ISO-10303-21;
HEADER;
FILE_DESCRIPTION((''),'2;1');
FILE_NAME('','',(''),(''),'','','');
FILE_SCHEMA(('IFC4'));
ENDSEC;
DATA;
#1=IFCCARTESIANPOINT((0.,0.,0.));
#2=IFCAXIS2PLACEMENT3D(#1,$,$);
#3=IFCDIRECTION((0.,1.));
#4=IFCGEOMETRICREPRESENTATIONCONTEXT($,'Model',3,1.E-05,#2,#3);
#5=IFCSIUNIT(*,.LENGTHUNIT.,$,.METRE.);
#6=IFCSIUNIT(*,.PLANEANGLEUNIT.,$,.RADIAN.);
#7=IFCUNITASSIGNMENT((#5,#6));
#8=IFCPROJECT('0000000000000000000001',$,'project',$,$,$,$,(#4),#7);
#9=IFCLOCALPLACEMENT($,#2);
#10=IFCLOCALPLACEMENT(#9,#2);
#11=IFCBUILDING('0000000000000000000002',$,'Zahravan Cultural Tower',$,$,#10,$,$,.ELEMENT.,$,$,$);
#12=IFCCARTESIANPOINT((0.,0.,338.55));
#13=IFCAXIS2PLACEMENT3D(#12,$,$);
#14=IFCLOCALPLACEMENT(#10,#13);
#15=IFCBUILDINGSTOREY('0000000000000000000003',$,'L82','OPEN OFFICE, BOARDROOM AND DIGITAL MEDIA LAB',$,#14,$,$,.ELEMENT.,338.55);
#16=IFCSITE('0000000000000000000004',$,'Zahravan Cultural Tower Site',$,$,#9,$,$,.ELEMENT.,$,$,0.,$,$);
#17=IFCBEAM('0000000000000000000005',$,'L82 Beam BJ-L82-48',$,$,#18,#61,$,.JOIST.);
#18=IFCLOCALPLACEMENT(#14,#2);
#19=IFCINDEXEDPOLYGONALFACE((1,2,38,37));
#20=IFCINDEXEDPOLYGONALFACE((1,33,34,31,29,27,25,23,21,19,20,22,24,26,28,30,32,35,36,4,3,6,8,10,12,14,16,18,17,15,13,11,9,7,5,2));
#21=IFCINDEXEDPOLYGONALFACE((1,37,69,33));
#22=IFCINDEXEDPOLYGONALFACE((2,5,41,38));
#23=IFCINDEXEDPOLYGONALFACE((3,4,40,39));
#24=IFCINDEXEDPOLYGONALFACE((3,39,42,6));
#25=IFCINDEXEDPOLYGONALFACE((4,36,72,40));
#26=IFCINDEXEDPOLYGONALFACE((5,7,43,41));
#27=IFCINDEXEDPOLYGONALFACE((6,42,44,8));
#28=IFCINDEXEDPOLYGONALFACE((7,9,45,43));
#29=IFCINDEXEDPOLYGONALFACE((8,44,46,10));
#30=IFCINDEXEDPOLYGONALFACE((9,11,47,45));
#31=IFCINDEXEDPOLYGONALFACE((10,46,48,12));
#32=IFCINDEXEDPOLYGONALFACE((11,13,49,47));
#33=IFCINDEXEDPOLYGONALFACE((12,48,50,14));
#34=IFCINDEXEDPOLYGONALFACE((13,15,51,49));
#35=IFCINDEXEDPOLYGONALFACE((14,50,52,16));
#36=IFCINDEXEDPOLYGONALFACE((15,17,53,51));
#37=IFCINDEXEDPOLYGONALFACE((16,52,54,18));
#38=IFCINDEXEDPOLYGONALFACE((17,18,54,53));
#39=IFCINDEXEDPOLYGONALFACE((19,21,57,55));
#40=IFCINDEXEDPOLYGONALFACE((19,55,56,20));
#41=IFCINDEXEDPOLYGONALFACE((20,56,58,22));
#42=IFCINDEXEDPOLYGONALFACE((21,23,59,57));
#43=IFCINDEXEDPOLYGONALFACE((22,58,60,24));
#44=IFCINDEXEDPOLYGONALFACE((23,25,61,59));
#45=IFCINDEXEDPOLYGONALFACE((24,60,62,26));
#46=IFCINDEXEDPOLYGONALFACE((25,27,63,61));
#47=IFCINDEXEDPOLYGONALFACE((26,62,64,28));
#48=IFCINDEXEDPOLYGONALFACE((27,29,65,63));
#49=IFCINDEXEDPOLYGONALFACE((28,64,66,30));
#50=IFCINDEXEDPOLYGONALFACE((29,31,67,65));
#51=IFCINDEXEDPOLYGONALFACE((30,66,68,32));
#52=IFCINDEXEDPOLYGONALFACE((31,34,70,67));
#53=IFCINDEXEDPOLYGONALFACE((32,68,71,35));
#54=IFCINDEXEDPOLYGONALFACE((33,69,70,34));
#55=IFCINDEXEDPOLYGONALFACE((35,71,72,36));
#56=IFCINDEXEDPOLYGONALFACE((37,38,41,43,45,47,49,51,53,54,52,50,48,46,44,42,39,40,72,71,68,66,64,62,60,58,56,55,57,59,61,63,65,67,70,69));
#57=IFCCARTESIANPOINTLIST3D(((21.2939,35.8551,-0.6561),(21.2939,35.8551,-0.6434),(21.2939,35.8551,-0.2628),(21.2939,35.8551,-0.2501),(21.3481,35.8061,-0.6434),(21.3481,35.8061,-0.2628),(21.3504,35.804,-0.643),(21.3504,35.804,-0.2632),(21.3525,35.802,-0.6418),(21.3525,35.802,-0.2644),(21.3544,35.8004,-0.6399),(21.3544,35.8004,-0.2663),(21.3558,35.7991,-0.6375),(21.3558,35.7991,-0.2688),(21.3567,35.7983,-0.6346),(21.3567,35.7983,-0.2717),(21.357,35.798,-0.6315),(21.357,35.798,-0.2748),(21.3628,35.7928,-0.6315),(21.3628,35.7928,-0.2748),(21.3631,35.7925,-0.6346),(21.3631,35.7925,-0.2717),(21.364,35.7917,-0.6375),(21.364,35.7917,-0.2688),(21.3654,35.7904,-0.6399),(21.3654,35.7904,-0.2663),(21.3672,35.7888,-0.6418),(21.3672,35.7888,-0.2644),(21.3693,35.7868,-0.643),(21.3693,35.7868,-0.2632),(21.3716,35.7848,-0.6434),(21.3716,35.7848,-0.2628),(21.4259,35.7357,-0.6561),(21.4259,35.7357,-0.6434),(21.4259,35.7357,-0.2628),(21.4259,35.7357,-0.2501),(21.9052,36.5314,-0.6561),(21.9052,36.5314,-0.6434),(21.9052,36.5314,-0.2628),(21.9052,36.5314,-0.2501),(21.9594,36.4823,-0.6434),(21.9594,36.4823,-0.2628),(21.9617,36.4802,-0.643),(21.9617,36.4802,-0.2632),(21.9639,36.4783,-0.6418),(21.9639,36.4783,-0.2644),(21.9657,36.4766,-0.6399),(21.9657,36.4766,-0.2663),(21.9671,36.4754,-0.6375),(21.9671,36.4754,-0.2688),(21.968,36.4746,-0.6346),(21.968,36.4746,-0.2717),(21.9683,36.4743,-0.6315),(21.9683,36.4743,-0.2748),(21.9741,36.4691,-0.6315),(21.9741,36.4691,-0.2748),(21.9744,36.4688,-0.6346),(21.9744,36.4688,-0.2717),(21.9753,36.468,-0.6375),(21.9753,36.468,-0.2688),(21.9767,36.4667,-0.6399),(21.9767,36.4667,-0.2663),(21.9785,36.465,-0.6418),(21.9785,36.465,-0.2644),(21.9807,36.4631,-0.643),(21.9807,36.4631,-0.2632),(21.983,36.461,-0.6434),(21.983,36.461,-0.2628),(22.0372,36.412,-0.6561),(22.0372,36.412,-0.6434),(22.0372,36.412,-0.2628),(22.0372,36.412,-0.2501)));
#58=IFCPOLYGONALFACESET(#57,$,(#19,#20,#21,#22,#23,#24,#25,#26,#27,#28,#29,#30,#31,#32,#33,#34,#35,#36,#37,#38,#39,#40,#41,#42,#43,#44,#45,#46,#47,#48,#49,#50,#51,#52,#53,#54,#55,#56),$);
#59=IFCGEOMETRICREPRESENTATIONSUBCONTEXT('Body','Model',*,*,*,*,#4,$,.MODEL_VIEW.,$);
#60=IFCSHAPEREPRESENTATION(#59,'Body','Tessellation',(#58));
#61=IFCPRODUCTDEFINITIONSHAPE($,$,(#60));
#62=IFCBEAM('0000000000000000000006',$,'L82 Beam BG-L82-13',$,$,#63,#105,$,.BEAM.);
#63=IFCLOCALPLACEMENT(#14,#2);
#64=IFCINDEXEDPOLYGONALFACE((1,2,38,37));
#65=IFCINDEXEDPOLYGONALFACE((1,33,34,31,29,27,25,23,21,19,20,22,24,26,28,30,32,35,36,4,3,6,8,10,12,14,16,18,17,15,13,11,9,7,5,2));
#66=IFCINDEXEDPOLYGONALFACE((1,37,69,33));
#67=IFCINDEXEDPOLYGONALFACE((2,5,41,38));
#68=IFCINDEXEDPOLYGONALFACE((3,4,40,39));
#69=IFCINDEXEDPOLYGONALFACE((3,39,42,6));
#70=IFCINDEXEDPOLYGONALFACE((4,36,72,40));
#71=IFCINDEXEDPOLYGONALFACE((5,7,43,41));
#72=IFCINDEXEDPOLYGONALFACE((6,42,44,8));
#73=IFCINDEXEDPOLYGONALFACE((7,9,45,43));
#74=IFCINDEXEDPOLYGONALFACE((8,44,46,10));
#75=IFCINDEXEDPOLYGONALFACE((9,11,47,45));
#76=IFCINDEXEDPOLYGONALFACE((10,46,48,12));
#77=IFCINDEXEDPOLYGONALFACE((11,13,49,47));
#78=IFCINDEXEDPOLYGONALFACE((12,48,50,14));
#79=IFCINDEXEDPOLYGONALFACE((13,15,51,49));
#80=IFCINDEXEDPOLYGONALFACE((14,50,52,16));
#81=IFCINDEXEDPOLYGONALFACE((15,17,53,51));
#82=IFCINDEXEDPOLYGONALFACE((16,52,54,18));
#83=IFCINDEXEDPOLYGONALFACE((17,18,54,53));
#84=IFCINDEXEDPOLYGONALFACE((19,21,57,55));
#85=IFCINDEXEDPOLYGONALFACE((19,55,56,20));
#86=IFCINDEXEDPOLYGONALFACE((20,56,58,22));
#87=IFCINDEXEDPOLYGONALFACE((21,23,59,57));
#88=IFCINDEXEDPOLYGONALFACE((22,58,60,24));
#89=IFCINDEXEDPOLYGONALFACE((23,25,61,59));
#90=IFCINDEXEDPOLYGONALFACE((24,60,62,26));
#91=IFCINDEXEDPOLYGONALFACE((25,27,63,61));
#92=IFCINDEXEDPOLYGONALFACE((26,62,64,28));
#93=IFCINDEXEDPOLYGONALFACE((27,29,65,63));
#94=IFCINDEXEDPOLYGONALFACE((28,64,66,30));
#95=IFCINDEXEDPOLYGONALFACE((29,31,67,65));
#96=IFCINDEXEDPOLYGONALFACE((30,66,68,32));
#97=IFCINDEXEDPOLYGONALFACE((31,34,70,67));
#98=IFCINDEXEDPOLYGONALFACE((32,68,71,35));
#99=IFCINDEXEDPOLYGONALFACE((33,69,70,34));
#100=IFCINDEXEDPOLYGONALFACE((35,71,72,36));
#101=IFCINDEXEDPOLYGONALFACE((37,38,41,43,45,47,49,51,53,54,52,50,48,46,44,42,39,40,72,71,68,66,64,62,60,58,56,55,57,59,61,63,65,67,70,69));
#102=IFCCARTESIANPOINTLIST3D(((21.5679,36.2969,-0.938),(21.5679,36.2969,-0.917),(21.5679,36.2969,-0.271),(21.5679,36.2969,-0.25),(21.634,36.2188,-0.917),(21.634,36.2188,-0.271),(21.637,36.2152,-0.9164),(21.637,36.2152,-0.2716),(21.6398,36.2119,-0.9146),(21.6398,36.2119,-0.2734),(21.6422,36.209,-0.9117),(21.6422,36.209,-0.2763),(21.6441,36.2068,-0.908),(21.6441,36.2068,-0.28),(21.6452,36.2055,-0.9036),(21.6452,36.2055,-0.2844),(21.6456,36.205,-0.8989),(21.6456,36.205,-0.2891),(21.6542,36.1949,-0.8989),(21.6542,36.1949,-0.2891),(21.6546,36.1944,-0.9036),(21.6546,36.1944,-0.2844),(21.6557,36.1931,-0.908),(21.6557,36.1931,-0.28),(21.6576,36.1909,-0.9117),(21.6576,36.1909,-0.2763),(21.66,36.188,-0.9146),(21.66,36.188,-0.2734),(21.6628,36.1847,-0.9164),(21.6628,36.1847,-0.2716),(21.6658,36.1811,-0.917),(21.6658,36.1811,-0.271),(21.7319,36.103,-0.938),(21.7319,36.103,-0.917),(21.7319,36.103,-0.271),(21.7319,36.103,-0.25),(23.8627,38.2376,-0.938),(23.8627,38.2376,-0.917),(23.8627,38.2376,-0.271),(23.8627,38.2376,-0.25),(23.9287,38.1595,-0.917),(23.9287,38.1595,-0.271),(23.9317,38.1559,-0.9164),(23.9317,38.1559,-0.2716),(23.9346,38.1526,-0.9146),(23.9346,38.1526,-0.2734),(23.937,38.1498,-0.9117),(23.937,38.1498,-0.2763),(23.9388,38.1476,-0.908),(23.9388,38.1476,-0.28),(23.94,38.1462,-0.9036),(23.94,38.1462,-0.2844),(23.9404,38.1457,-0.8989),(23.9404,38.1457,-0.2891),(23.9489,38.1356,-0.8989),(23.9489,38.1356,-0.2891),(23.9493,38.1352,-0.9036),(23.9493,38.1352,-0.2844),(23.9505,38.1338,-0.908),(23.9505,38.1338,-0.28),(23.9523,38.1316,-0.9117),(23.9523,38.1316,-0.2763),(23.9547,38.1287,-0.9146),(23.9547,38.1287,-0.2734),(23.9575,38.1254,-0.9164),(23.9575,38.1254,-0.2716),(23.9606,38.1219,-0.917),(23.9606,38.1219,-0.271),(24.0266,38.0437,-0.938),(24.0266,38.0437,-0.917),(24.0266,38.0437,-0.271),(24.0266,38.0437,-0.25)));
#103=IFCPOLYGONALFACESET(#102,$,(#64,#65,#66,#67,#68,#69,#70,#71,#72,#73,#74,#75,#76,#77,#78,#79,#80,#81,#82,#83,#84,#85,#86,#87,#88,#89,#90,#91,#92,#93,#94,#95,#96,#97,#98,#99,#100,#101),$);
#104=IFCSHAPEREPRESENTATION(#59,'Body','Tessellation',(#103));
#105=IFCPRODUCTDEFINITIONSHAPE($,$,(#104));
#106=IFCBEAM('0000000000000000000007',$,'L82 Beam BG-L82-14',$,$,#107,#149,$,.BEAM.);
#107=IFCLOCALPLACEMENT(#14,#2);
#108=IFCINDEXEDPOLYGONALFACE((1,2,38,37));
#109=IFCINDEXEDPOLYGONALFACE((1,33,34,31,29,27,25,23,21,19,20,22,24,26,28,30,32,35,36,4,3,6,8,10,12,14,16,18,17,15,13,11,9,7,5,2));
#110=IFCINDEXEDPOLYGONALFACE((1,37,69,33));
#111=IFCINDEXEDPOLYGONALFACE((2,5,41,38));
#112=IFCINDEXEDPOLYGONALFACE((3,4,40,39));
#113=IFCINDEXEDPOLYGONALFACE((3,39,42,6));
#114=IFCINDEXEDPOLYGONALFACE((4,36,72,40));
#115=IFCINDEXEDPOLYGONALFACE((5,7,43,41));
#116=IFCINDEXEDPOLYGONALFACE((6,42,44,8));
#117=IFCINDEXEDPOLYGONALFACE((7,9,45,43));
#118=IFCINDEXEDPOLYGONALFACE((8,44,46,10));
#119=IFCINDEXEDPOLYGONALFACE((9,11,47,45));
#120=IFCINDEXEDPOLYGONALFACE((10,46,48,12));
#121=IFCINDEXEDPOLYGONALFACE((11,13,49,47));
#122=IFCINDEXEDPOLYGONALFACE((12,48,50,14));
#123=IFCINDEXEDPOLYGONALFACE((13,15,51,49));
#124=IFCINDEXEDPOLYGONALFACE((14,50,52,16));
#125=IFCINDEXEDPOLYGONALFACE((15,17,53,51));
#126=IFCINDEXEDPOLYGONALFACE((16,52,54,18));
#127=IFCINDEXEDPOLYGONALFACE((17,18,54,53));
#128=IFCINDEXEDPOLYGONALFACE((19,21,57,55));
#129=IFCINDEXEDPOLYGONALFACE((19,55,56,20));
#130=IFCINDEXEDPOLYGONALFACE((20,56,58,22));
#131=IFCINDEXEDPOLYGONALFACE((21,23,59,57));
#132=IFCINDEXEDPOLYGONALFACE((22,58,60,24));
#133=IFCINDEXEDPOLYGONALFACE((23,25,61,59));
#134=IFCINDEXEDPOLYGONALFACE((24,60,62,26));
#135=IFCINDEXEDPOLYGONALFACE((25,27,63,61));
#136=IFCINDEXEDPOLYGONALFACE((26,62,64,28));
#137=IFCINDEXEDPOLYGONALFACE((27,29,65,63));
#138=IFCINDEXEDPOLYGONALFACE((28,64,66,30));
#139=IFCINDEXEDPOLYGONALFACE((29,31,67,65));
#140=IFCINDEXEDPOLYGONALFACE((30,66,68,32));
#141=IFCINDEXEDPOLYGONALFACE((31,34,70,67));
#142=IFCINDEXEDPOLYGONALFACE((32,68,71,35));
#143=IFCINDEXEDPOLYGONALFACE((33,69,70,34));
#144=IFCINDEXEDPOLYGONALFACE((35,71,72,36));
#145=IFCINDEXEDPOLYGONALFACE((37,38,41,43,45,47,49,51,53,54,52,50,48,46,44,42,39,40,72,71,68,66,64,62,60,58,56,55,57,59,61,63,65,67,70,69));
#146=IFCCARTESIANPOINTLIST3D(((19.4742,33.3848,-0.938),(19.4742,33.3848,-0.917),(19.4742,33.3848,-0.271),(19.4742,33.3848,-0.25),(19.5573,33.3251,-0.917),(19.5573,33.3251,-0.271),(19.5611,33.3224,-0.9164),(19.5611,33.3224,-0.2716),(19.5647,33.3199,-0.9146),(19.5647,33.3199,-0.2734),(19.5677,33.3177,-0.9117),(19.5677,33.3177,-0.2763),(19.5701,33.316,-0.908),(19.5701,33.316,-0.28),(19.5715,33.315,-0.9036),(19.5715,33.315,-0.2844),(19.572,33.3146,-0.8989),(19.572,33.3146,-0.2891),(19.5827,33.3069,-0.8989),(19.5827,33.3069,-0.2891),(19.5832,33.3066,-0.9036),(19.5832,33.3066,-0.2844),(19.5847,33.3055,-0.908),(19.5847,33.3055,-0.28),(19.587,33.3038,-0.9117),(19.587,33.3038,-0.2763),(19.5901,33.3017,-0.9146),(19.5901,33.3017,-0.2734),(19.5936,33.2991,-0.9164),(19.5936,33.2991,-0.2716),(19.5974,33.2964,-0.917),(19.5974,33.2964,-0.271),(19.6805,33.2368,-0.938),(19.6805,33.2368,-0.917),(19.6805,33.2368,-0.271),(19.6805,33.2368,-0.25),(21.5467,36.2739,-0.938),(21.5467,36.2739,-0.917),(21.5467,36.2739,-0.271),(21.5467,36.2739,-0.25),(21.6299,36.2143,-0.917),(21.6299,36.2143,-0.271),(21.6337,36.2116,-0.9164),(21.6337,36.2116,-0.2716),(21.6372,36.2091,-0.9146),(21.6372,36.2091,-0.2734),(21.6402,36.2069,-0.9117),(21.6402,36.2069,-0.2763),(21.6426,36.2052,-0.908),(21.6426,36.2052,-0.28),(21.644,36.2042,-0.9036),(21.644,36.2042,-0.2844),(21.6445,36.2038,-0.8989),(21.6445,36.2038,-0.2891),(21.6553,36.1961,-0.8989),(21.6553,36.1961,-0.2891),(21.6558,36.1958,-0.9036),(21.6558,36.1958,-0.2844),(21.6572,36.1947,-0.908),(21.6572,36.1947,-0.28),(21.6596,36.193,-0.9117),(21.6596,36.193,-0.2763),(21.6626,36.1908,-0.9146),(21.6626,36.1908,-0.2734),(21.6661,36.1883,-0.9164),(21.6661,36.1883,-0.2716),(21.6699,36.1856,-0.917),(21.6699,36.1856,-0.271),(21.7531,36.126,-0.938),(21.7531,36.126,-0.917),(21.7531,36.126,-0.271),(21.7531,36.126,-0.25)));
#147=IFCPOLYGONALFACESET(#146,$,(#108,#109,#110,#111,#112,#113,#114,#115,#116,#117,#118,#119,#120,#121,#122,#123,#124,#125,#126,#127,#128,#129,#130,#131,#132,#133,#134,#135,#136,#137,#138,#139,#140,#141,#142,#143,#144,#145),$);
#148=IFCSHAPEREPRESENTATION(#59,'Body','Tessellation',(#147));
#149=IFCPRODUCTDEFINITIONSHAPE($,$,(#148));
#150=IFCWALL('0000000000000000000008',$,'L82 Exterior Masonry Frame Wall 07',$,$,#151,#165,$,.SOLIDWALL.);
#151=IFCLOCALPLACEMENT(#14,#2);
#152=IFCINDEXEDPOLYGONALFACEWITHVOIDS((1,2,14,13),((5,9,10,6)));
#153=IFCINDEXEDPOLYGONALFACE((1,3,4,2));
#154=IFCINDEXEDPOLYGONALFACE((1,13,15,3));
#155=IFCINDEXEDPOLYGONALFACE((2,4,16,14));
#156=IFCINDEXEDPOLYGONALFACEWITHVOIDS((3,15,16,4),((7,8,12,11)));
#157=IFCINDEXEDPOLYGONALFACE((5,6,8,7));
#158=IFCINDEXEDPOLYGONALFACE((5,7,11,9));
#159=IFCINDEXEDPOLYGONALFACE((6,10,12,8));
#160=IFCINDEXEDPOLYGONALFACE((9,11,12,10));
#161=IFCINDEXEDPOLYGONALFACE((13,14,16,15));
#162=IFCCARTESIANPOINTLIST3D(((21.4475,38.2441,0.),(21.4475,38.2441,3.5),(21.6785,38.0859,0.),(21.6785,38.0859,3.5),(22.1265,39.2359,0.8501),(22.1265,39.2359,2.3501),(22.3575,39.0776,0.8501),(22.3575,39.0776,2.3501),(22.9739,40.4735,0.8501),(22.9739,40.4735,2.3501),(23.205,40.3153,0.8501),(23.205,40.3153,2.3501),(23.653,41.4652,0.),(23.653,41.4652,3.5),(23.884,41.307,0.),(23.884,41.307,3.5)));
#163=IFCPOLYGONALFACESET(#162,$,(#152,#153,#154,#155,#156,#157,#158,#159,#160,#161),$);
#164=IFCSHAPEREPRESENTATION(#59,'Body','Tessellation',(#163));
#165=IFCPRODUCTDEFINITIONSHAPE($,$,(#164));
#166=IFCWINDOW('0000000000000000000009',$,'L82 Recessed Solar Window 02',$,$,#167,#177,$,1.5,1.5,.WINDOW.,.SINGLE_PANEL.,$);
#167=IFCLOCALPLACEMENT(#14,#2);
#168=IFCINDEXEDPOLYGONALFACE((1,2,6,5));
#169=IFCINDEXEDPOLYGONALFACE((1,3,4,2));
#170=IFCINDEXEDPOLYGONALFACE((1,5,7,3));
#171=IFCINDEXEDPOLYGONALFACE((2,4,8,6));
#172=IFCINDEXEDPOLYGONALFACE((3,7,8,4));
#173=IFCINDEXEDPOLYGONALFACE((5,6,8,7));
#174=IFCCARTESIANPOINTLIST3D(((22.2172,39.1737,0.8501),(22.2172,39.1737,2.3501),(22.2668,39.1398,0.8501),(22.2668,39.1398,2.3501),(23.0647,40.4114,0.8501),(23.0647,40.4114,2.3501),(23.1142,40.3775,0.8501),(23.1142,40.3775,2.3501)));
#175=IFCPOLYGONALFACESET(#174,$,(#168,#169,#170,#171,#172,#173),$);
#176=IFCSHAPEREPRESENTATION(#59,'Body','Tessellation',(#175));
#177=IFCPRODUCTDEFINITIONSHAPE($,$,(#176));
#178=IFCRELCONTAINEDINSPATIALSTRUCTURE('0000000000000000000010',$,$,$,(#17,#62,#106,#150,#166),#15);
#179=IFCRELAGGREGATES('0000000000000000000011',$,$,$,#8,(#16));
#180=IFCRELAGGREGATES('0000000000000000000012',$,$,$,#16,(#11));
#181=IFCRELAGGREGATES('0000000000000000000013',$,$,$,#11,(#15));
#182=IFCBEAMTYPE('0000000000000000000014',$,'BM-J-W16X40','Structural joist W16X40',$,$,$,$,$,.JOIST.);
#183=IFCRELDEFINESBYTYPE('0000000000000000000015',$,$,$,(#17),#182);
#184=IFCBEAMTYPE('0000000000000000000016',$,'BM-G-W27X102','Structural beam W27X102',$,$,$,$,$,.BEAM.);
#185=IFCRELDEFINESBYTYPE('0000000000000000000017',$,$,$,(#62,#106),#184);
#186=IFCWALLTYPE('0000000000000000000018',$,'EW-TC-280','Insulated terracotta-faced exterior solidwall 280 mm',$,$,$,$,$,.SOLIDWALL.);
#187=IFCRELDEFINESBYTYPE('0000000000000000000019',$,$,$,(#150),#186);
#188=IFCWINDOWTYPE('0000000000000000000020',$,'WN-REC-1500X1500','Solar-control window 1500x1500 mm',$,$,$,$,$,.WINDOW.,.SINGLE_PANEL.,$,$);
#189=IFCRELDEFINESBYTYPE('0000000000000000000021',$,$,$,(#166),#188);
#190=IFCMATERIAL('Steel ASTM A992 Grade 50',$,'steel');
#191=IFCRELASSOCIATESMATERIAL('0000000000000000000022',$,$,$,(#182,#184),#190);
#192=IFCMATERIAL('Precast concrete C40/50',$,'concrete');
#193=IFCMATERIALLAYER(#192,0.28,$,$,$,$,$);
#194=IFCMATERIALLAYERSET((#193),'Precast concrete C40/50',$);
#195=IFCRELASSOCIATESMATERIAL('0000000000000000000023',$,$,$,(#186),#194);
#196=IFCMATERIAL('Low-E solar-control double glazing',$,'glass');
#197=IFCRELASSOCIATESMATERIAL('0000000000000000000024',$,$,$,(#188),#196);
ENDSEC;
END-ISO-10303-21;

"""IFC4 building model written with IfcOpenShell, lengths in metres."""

from ifc_helpers import new_model, si_unit, direction, frame, frame_2d, origin, origin_2d, place, context, subcontext, project, spatial, rectangle, i_section, extrude, source, transform, mapped, material, layer, layer_set, material_profile, profile_set, type_object, element, fill, save


model = new_model("IFC4")

# Units and contexts
model_context = context("Model", 3, precision=1e-05, world=origin(), true_north=direction((0.0, 1.0)))
body_context = subcontext(model_context, "Body", "Model", "MODEL_VIEW")
ifc_project = project(units=[si_unit("LENGTHUNIT", "METRE"), si_unit("PLANEANGLEUNIT", "RADIAN")], contexts=[model_context])

# Site, building, storey
site_placement = place(None, origin())
site = spatial("IfcSite", under=ifc_project, at=site_placement, Name="Zahravan Cultural Tower Site", CompositionType="ELEMENT", RefElevation=0.0)
building_placement = place(site_placement, origin())
building = spatial("IfcBuilding", under=site, at=building_placement, Name="Zahravan Cultural Tower", CompositionType="ELEMENT")
storey_placement = place(building_placement, frame((0.0, 0.0, 338.55)))
storey = spatial("IfcBuildingStorey", under=building, at=storey_placement, Name="L82", Description="OPEN OFFICE, BOARDROOM AND DIGITAL MEDIA LAB", CompositionType="ELEMENT", Elevation=338.55)

# Shared definitions
ifc_material_1 = material(Name="Steel ASTM A992 Grade 50", Category="steel")

# Beams
ifc_material_profile_1 = material_profile(ifc_material_1, i_section(OverallWidth=0.178, OverallDepth=0.406, WebThickness=0.0078, FlangeThickness=0.0127, FilletRadius=0.012, at=origin_2d()), Name="W16X40")
ifc_profile_set_1 = profile_set([ifc_material_profile_1], Name="Steel ASTM A992 Grade 50")
beam_type_1 = type_object("IfcBeamType", Name="BM-J-W16X40", Description="Structural joist W16X40", PredefinedType="JOIST", material=ifc_profile_set_1)
shared_shape_1 = source(origin(), body_context, "Body", "SweptSolid", [
    extrude(i_section(OverallWidth=0.178, OverallDepth=0.406, WebThickness=0.0078, FlangeThickness=0.0127, FilletRadius=0.012, at=origin_2d()), origin(), (0.0, 0.0, 1.0), 0.9116),
])
beam_1_placement = place(storey_placement, frame((21.9712, 36.4717, -0.4531), z_axis=(-0.670591, -0.741828, 0.0), x_axis=(0.741828, -0.670591, 0.0)))
element("IfcBeam", 1, at=beam_1_placement, inside=storey, type_object=beam_type_1, Name="L82 Beam BJ-L82-48", PredefinedType="JOIST", context=body_context, shape_type="MappedRepresentation", body=[
    mapped(shared_shape_1, transform((0.0, 0.0, 0.0), x_axis=(1.0, 0.0, 0.0), y_axis=(0.0, 1.0, 0.0), z_axis=(0.0, 0.0, 1.0), scale=1.0)),
])
ifc_material_profile_2 = material_profile(ifc_material_1, i_section(OverallWidth=0.2539, OverallDepth=0.688, WebThickness=0.0132, FlangeThickness=0.021, FilletRadius=0.0181, at=origin_2d()), Name="W27X102")
ifc_profile_set_2 = profile_set([ifc_material_profile_2], Name="Steel ASTM A992 Grade 50")
beam_type_2 = type_object("IfcBeamType", Name="BM-G-W27X102", Description="Structural beam W27X102", PredefinedType="BEAM", material=ifc_profile_set_2)
shared_shape_2 = source(origin(), body_context, "Body", "SweptSolid", [
    extrude(i_section(OverallWidth=0.2539, OverallDepth=0.688, WebThickness=0.0132, FlangeThickness=0.021, FilletRadius=0.0181, at=origin_2d()), origin(), (0.0, 0.0, 1.0), 3.0054),
])
beam_2_placement = place(storey_placement, frame((21.6499, 36.2, -0.594), z_axis=(0.763546, 0.645753, 0.0), x_axis=(-0.645753, 0.763546, 0.0)))
element("IfcBeam", 2, at=beam_2_placement, inside=storey, type_object=beam_type_2, Name="L82 Beam BG-L82-13", PredefinedType="BEAM", context=body_context, shape_type="MappedRepresentation", body=[
    mapped(shared_shape_2, transform((0.0, 0.0, 0.0), x_axis=(1.0, 0.0, 0.0), y_axis=(0.0, 1.0, 0.0), z_axis=(0.0, 0.0, 1.0), scale=1.0)),
])
shared_shape_3 = source(origin(), body_context, "Body", "SweptSolid", [
    extrude(i_section(OverallWidth=0.2539, OverallDepth=0.688, WebThickness=0.0132, FlangeThickness=0.021, FilletRadius=0.0181, at=origin_2d()), origin(), (0.0, 0.0, 1.0), 3.5557),
])
beam_3_placement = place(storey_placement, frame((21.6499, 36.2, -0.594), z_axis=(-0.58288, -0.812558, 0.0), x_axis=(0.812558, -0.58288, 0.0)))
element("IfcBeam", 3, at=beam_3_placement, inside=storey, type_object=beam_type_2, Name="L82 Beam BG-L82-14", PredefinedType="BEAM", context=body_context, shape_type="MappedRepresentation", body=[
    mapped(shared_shape_3, transform((0.0, 0.0, 0.0), x_axis=(1.0, 0.0, 0.0), y_axis=(0.0, 1.0, 0.0), z_axis=(0.0, 0.0, 1.0), scale=1.0)),
])

# Wall, opening, window
ifc_material_2 = material(Name="Precast concrete C40/50", Category="concrete")
ifc_layer_1 = layer(ifc_material_2, 0.28)
ifc_layer_set_1 = layer_set([ifc_layer_1], Name="Precast concrete C40/50")
wall_type_1 = type_object("IfcWallType", Name="EW-TC-280", Description="Insulated terracotta-faced exterior solidwall 280 mm", PredefinedType="SOLIDWALL", material=ifc_layer_set_1)
wall_1_placement = place(storey_placement, frame((21.563, 38.165, 0.0), z_axis=(0.0, 0.0, 1.0), x_axis=(0.564962, 0.825117, 0.0)))
wall_1 = element("IfcWall", 4, at=wall_1_placement, inside=storey, type_object=wall_type_1, Name="L82 Exterior Masonry Frame Wall 07", PredefinedType="SOLIDWALL", context=body_context, shape_type="SweptSolid", body=[
    extrude(rectangle(XDim=3.9038, YDim=0.28, at=frame_2d((1.9519, 0.0))), origin(), (0.0, 0.0, 1.0), 3.5),
])
opening_placement = place(wall_1_placement, frame((1.2019, 0.0, 0.8501)))
opening = element("IfcOpeningElement", 5, at=opening_placement, cuts=wall_1, PredefinedType="OPENING", context=body_context, shape_type="SweptSolid", body=[
    extrude(rectangle(XDim=1.5, YDim=1.5, at=frame_2d((0.75, 0.75))), frame((0.0, 0.1499, 0.0), z_axis=(0.0, -1.0, 0.0), x_axis=(1.0, 0.0, 0.0)), (0.0, 0.0, 1.0), 0.3),
])
ifc_material_3 = material(Name="Low-E solar-control double glazing", Category="glass")
window_type = type_object("IfcWindowType", Name="WN-REC-1500X1500", Description="Solar-control window 1500x1500 mm", PartitioningType="SINGLE_PANEL", PredefinedType="WINDOW", material=ifc_material_3)
shared_shape_4 = source(origin(), body_context, "Body", "SweptSolid", [
    extrude(rectangle(XDim=1.5, YDim=1.5, at=frame_2d((0.75, 0.75))), frame((0.0, 0.03, 0.0), z_axis=(0.0, -1.0, 0.0), x_axis=(1.0, 0.0, 0.0)), (0.0, 0.0, 1.0), 0.0601),
])
window_placement = place(opening_placement, origin())
window = element("IfcWindow", 6, at=window_placement, inside=storey, type_object=window_type, Name="L82 Recessed Solar Window 02", OverallHeight=1.5, OverallWidth=1.5, PartitioningType="SINGLE_PANEL", PredefinedType="WINDOW", context=body_context, shape_type="MappedRepresentation", body=[
    mapped(shared_shape_4, transform((0.0, 0.0, 0.0), x_axis=(1.0, 0.0, 0.0), y_axis=(0.0, 1.0, 0.0), z_axis=(0.0, 0.0, 1.0), scale=1.0)),
])
fill(opening, window)

save(model, "model.ifc")
